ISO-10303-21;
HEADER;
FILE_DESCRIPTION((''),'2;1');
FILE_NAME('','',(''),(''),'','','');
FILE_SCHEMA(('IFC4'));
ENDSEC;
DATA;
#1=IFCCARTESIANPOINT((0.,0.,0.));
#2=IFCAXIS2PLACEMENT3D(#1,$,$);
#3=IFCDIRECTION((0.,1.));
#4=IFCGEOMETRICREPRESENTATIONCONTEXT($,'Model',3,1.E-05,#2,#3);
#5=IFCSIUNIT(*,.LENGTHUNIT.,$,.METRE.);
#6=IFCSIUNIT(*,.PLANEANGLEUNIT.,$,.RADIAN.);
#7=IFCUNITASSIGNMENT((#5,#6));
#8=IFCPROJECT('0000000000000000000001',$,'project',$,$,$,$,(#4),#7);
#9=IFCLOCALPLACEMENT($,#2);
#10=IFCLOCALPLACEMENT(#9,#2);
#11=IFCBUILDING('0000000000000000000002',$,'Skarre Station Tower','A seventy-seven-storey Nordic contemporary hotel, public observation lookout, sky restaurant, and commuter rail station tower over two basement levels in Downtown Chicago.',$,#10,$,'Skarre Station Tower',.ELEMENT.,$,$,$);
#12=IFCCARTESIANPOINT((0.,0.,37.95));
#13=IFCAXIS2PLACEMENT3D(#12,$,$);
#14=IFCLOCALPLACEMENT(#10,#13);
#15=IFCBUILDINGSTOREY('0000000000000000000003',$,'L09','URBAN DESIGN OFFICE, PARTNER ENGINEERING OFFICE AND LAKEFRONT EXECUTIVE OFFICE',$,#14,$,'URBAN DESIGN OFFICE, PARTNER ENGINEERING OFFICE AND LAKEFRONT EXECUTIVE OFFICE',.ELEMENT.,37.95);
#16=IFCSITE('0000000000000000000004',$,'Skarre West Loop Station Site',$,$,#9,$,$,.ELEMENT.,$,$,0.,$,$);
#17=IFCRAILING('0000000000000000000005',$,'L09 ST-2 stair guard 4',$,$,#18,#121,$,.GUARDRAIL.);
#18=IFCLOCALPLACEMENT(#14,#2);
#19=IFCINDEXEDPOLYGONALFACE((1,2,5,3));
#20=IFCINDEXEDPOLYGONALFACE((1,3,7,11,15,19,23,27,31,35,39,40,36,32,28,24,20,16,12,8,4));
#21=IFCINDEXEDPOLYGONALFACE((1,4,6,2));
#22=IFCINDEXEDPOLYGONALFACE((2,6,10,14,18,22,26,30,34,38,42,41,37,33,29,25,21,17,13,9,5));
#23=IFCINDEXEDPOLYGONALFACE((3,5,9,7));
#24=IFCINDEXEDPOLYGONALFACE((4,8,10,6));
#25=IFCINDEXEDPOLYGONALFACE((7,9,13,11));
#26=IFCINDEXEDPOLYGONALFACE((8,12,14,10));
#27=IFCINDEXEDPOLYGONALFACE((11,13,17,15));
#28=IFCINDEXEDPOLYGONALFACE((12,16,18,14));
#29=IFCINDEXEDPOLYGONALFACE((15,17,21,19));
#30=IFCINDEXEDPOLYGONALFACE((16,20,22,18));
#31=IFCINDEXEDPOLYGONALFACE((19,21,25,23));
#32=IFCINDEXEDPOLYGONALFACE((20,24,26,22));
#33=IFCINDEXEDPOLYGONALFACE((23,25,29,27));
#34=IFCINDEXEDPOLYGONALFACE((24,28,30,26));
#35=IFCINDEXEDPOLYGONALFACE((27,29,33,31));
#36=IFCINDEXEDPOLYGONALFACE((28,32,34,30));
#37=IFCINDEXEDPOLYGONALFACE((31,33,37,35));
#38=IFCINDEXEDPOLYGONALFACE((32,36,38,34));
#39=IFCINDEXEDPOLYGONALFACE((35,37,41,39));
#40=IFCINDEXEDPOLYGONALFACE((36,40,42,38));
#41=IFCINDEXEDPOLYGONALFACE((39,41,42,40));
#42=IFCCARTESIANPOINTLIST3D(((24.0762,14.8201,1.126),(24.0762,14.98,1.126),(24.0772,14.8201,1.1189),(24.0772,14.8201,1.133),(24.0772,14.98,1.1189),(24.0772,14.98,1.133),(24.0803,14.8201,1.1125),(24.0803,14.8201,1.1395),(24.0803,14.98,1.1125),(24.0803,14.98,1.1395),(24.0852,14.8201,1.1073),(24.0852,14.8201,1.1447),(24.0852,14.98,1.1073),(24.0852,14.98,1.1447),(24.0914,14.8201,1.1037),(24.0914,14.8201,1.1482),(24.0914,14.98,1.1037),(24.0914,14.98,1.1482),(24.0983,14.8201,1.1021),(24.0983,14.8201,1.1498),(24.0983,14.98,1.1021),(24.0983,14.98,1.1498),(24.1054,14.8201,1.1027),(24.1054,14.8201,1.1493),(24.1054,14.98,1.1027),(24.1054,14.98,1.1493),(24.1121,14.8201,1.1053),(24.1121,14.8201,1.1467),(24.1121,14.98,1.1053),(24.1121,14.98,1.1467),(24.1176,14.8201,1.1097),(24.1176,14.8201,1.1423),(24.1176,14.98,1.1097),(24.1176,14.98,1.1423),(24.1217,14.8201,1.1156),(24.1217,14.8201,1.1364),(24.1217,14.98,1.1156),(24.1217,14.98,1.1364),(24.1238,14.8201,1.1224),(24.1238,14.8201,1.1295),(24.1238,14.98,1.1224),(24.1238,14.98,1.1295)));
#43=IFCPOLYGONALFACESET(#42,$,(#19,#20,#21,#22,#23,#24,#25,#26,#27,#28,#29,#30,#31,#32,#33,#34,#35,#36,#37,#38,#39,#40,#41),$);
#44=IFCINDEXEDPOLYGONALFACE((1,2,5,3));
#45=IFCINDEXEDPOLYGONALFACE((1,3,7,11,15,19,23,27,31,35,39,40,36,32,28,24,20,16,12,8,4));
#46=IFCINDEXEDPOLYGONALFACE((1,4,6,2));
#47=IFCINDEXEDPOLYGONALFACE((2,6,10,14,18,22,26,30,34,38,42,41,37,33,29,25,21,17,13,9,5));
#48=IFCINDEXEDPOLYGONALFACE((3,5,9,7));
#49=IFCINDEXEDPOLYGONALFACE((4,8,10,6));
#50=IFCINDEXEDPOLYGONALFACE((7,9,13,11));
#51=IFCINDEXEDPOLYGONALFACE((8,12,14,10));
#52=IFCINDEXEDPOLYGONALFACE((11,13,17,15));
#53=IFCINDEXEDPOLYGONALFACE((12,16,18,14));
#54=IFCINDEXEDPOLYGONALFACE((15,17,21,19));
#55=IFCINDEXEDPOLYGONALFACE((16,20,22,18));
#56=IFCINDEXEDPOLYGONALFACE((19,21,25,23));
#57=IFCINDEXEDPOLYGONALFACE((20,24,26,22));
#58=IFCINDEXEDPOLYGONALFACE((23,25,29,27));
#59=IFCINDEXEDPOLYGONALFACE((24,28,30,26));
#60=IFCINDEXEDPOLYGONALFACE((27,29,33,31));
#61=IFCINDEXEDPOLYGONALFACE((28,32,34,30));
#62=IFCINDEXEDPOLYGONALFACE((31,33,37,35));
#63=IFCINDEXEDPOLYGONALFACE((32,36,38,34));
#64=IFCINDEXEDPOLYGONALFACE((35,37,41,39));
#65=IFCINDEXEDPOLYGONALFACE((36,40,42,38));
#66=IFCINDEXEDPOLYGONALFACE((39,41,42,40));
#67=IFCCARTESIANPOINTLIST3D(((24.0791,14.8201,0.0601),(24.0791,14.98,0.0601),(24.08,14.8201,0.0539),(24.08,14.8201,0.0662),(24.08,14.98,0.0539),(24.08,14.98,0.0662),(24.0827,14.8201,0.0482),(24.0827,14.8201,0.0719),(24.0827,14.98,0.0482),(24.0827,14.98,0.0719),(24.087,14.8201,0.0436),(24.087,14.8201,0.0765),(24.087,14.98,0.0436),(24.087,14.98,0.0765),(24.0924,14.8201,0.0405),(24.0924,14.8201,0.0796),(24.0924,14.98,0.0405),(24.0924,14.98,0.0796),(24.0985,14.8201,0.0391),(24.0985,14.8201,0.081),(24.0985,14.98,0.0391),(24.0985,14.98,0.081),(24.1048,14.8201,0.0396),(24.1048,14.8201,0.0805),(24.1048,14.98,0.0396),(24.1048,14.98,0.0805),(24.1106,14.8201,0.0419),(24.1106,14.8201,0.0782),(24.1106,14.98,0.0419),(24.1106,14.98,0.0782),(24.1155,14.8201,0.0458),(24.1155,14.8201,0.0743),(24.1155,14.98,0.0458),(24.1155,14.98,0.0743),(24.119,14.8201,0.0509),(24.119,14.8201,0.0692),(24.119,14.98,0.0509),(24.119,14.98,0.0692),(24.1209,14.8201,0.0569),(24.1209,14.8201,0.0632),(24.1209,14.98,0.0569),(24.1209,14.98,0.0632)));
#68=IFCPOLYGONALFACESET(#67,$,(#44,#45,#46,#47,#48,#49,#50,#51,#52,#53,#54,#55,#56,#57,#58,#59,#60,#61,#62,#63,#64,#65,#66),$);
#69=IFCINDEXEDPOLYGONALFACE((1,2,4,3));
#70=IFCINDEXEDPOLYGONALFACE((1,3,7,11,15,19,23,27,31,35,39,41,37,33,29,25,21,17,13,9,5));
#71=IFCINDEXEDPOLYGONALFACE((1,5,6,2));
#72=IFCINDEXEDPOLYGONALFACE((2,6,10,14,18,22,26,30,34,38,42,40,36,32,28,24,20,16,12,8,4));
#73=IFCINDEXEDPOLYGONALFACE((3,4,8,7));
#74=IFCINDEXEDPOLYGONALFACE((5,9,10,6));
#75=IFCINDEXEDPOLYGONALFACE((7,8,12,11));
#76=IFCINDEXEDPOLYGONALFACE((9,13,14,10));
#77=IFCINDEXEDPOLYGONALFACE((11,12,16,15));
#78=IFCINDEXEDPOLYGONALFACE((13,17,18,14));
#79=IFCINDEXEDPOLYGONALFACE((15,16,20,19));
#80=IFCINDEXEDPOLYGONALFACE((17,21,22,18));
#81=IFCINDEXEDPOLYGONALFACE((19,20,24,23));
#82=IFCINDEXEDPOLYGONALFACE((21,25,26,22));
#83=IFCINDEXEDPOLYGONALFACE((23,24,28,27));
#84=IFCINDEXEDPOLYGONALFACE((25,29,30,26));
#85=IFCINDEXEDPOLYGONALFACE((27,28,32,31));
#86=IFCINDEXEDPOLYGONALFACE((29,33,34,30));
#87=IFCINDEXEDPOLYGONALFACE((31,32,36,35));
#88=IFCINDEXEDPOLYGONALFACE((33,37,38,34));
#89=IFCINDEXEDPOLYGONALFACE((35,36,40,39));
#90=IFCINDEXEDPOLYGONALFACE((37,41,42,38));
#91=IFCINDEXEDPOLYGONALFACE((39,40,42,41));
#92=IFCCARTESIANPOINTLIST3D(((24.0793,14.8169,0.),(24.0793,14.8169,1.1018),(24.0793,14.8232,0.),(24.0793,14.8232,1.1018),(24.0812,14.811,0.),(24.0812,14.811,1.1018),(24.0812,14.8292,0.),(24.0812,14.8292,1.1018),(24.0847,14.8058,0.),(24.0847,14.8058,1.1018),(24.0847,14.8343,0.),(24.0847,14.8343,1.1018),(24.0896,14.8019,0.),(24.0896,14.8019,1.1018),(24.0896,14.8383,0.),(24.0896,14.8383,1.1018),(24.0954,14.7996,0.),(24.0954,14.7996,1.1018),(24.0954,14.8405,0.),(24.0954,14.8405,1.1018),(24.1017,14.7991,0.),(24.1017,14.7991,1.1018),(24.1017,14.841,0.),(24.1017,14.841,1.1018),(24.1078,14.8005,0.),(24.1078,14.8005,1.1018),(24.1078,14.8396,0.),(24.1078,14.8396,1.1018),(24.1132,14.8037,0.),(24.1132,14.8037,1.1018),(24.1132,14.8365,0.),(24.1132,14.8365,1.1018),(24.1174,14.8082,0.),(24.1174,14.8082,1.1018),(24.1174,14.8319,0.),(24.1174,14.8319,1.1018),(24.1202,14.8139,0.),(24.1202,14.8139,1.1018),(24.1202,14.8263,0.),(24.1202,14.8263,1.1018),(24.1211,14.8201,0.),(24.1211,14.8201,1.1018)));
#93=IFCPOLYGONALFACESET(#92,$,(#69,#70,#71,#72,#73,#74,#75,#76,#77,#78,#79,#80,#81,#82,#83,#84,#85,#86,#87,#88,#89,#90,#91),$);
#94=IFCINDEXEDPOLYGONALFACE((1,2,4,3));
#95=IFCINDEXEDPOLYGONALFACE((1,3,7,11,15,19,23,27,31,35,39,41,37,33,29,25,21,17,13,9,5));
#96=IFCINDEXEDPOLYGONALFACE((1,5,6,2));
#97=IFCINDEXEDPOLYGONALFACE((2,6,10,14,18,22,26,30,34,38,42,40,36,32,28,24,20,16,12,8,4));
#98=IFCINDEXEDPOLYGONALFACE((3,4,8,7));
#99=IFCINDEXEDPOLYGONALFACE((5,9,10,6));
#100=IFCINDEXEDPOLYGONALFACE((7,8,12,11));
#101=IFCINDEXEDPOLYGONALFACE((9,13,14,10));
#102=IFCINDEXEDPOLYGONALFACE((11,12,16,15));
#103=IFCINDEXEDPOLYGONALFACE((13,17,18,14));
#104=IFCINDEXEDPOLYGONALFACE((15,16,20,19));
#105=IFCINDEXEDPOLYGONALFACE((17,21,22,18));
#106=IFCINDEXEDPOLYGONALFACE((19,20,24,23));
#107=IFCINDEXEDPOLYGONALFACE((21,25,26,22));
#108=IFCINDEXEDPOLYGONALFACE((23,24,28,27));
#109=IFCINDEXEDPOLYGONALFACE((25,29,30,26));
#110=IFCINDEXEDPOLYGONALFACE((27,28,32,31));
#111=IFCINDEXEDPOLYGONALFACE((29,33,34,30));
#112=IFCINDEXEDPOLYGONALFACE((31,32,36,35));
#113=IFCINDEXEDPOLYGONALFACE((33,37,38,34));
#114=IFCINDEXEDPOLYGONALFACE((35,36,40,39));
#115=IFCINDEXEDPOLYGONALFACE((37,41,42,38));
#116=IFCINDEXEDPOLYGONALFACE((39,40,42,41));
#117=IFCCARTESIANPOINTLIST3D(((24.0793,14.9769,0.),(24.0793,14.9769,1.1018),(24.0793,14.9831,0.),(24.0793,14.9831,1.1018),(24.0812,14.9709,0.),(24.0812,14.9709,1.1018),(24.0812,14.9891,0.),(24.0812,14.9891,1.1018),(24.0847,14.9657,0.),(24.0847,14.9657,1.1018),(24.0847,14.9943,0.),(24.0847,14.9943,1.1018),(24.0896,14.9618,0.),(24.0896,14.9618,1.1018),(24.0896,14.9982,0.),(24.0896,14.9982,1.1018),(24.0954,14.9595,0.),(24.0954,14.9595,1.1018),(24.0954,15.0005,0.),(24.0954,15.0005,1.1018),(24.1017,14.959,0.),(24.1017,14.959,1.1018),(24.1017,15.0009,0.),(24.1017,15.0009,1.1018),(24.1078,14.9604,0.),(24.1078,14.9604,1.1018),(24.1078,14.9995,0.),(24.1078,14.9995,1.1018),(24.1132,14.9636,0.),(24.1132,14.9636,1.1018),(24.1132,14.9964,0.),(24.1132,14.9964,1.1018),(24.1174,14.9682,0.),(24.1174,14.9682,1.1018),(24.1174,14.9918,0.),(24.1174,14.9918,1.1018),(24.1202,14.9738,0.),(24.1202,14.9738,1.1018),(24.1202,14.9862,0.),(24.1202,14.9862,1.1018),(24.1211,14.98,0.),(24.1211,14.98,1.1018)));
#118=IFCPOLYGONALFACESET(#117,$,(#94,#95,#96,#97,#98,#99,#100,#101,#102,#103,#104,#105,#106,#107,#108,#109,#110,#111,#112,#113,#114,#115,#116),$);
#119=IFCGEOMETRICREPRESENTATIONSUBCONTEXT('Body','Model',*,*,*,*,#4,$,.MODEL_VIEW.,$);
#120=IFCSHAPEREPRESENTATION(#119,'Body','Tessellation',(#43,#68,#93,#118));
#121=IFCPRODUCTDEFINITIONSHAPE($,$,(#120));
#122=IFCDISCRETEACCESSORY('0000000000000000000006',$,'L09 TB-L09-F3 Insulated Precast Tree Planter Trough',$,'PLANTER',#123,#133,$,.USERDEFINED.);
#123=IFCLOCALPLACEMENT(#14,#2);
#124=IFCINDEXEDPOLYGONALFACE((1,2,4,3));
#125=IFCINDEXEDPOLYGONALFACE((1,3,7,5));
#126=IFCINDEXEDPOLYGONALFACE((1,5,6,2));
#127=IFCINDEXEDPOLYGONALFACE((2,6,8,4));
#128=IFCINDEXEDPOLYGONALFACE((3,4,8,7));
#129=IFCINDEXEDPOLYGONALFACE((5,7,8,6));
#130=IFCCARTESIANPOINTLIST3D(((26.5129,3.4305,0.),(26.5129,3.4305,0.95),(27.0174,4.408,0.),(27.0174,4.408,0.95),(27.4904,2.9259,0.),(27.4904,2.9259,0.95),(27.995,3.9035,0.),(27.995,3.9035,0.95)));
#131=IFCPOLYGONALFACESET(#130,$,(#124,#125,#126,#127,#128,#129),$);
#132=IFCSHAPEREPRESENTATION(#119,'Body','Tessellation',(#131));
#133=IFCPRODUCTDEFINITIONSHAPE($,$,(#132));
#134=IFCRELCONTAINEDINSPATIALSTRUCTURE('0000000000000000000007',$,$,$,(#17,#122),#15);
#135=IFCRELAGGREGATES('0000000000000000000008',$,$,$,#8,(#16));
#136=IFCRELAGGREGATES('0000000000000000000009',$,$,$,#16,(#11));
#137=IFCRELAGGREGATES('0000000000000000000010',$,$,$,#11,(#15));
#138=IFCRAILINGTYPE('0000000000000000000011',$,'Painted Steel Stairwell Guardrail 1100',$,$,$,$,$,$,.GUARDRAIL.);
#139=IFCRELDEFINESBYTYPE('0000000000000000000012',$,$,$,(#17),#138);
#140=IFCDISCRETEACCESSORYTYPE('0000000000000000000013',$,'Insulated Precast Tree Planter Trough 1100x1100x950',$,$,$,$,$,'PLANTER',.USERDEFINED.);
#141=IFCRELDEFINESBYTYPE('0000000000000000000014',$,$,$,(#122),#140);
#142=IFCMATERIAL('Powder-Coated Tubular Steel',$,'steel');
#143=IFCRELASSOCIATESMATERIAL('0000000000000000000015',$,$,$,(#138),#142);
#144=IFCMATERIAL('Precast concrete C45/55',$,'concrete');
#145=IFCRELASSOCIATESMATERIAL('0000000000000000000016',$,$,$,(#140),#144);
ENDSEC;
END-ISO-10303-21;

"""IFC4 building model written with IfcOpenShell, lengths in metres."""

from ifc_helpers import new_model, si_unit, direction, frame, origin, origin_2d, place, context, subcontext, project, spatial, rectangle, circle, extrude, material, type_object, element, save


model = new_model("IFC4")

# Units and contexts
model_context = context("Model", 3, precision=1e-05, world=origin(), true_north=direction((0.0, 1.0)))
body_context = subcontext(model_context, "Body", "Model", "MODEL_VIEW")
ifc_project = project(units=[si_unit("LENGTHUNIT", "METRE"), si_unit("PLANEANGLEUNIT", "RADIAN")], contexts=[model_context])

# Site, building, storey
site_placement = place(None, origin())
site = spatial("IfcSite", under=ifc_project, at=site_placement, Name="Skarre West Loop Station Site", CompositionType="ELEMENT", RefElevation=0.0)
building_placement = place(site_placement, origin())
building = spatial("IfcBuilding", under=site, at=building_placement, Name="Skarre Station Tower", Description="A seventy-seven-storey Nordic contemporary hotel, public observation lookout, sky restaurant, and commuter rail station tower over two basement levels in Downtown Chicago.", LongName="Skarre Station Tower", CompositionType="ELEMENT")
storey_placement = place(building_placement, frame((0.0, 0.0, 37.95)))
storey = spatial("IfcBuildingStorey", under=building, at=storey_placement, Name="L09", Description="URBAN DESIGN OFFICE, PARTNER ENGINEERING OFFICE AND LAKEFRONT EXECUTIVE OFFICE", LongName="URBAN DESIGN OFFICE, PARTNER ENGINEERING OFFICE AND LAKEFRONT EXECUTIVE OFFICE", CompositionType="ELEMENT", Elevation=37.95)

# Railing
ifc_material_1 = material(Name="Powder-Coated Tubular Steel", Category="steel")
railing_type_1 = type_object("IfcRailingType", Name="Painted Steel Stairwell Guardrail 1100", PredefinedType="GUARDRAIL", material=ifc_material_1)
railing_1_placement = place(storey_placement, frame((24.1001, 14.8201, 0.0)))
element("IfcRailing", 1, at=railing_1_placement, inside=storey, type_object=railing_type_1, Name="L09 ST-2 stair guard 4", PredefinedType="GUARDRAIL", context=body_context, shape_type="SweptSolid", body=[
    extrude(circle(Radius=0.0239, at=origin_2d()), frame((0.0, 0.0, 1.126), z_axis=(0.0, 1.0, 0.0), x_axis=(-1.0, 0.0, 0.0)), (0.0, 0.0, 1.0), 0.1599),
    extrude(circle(Radius=0.021, at=origin_2d()), frame((0.0, 0.0, 0.0601), z_axis=(0.0, 1.0, 0.0), x_axis=(-1.0, 0.0, 0.0)), (0.0, 0.0, 1.0), 0.1599),
    extrude(circle(Radius=0.021, at=origin_2d()), origin(), (0.0, 0.0, 1.0), 1.1018),
    extrude(circle(Radius=0.021, at=origin_2d()), frame((0.0, 0.1599, 0.0)), (0.0, 0.0, 1.0), 1.1018),
])

# Discrete accessory
ifc_material_2 = material(Name="Precast concrete C45/55", Category="concrete")
discrete_accessory_type = type_object("IfcDiscreteAccessoryType", Name="Insulated Precast Tree Planter Trough 1100x1100x950", ElementType="PLANTER", PredefinedType="USERDEFINED", material=ifc_material_2)
discrete_accessory_placement = place(storey_placement, frame((27.2539, 3.667, 0.0), z_axis=(0.0, 0.0, 1.0), x_axis=(-0.458619, -0.888633, 0.0)))
element("IfcDiscreteAccessory", 2, at=discrete_accessory_placement, inside=storey, type_object=discrete_accessory_type, Name="L09 TB-L09-F3 Insulated Precast Tree Planter Trough", ObjectType="PLANTER", PredefinedType="USERDEFINED", context=body_context, shape_type="SweptSolid", body=[
    extrude(rectangle(XDim=1.1001, YDim=1.1001, at=origin_2d()), origin(), (0.0, 0.0, 1.0), 0.95),
])

save(model, "model.ifc")
